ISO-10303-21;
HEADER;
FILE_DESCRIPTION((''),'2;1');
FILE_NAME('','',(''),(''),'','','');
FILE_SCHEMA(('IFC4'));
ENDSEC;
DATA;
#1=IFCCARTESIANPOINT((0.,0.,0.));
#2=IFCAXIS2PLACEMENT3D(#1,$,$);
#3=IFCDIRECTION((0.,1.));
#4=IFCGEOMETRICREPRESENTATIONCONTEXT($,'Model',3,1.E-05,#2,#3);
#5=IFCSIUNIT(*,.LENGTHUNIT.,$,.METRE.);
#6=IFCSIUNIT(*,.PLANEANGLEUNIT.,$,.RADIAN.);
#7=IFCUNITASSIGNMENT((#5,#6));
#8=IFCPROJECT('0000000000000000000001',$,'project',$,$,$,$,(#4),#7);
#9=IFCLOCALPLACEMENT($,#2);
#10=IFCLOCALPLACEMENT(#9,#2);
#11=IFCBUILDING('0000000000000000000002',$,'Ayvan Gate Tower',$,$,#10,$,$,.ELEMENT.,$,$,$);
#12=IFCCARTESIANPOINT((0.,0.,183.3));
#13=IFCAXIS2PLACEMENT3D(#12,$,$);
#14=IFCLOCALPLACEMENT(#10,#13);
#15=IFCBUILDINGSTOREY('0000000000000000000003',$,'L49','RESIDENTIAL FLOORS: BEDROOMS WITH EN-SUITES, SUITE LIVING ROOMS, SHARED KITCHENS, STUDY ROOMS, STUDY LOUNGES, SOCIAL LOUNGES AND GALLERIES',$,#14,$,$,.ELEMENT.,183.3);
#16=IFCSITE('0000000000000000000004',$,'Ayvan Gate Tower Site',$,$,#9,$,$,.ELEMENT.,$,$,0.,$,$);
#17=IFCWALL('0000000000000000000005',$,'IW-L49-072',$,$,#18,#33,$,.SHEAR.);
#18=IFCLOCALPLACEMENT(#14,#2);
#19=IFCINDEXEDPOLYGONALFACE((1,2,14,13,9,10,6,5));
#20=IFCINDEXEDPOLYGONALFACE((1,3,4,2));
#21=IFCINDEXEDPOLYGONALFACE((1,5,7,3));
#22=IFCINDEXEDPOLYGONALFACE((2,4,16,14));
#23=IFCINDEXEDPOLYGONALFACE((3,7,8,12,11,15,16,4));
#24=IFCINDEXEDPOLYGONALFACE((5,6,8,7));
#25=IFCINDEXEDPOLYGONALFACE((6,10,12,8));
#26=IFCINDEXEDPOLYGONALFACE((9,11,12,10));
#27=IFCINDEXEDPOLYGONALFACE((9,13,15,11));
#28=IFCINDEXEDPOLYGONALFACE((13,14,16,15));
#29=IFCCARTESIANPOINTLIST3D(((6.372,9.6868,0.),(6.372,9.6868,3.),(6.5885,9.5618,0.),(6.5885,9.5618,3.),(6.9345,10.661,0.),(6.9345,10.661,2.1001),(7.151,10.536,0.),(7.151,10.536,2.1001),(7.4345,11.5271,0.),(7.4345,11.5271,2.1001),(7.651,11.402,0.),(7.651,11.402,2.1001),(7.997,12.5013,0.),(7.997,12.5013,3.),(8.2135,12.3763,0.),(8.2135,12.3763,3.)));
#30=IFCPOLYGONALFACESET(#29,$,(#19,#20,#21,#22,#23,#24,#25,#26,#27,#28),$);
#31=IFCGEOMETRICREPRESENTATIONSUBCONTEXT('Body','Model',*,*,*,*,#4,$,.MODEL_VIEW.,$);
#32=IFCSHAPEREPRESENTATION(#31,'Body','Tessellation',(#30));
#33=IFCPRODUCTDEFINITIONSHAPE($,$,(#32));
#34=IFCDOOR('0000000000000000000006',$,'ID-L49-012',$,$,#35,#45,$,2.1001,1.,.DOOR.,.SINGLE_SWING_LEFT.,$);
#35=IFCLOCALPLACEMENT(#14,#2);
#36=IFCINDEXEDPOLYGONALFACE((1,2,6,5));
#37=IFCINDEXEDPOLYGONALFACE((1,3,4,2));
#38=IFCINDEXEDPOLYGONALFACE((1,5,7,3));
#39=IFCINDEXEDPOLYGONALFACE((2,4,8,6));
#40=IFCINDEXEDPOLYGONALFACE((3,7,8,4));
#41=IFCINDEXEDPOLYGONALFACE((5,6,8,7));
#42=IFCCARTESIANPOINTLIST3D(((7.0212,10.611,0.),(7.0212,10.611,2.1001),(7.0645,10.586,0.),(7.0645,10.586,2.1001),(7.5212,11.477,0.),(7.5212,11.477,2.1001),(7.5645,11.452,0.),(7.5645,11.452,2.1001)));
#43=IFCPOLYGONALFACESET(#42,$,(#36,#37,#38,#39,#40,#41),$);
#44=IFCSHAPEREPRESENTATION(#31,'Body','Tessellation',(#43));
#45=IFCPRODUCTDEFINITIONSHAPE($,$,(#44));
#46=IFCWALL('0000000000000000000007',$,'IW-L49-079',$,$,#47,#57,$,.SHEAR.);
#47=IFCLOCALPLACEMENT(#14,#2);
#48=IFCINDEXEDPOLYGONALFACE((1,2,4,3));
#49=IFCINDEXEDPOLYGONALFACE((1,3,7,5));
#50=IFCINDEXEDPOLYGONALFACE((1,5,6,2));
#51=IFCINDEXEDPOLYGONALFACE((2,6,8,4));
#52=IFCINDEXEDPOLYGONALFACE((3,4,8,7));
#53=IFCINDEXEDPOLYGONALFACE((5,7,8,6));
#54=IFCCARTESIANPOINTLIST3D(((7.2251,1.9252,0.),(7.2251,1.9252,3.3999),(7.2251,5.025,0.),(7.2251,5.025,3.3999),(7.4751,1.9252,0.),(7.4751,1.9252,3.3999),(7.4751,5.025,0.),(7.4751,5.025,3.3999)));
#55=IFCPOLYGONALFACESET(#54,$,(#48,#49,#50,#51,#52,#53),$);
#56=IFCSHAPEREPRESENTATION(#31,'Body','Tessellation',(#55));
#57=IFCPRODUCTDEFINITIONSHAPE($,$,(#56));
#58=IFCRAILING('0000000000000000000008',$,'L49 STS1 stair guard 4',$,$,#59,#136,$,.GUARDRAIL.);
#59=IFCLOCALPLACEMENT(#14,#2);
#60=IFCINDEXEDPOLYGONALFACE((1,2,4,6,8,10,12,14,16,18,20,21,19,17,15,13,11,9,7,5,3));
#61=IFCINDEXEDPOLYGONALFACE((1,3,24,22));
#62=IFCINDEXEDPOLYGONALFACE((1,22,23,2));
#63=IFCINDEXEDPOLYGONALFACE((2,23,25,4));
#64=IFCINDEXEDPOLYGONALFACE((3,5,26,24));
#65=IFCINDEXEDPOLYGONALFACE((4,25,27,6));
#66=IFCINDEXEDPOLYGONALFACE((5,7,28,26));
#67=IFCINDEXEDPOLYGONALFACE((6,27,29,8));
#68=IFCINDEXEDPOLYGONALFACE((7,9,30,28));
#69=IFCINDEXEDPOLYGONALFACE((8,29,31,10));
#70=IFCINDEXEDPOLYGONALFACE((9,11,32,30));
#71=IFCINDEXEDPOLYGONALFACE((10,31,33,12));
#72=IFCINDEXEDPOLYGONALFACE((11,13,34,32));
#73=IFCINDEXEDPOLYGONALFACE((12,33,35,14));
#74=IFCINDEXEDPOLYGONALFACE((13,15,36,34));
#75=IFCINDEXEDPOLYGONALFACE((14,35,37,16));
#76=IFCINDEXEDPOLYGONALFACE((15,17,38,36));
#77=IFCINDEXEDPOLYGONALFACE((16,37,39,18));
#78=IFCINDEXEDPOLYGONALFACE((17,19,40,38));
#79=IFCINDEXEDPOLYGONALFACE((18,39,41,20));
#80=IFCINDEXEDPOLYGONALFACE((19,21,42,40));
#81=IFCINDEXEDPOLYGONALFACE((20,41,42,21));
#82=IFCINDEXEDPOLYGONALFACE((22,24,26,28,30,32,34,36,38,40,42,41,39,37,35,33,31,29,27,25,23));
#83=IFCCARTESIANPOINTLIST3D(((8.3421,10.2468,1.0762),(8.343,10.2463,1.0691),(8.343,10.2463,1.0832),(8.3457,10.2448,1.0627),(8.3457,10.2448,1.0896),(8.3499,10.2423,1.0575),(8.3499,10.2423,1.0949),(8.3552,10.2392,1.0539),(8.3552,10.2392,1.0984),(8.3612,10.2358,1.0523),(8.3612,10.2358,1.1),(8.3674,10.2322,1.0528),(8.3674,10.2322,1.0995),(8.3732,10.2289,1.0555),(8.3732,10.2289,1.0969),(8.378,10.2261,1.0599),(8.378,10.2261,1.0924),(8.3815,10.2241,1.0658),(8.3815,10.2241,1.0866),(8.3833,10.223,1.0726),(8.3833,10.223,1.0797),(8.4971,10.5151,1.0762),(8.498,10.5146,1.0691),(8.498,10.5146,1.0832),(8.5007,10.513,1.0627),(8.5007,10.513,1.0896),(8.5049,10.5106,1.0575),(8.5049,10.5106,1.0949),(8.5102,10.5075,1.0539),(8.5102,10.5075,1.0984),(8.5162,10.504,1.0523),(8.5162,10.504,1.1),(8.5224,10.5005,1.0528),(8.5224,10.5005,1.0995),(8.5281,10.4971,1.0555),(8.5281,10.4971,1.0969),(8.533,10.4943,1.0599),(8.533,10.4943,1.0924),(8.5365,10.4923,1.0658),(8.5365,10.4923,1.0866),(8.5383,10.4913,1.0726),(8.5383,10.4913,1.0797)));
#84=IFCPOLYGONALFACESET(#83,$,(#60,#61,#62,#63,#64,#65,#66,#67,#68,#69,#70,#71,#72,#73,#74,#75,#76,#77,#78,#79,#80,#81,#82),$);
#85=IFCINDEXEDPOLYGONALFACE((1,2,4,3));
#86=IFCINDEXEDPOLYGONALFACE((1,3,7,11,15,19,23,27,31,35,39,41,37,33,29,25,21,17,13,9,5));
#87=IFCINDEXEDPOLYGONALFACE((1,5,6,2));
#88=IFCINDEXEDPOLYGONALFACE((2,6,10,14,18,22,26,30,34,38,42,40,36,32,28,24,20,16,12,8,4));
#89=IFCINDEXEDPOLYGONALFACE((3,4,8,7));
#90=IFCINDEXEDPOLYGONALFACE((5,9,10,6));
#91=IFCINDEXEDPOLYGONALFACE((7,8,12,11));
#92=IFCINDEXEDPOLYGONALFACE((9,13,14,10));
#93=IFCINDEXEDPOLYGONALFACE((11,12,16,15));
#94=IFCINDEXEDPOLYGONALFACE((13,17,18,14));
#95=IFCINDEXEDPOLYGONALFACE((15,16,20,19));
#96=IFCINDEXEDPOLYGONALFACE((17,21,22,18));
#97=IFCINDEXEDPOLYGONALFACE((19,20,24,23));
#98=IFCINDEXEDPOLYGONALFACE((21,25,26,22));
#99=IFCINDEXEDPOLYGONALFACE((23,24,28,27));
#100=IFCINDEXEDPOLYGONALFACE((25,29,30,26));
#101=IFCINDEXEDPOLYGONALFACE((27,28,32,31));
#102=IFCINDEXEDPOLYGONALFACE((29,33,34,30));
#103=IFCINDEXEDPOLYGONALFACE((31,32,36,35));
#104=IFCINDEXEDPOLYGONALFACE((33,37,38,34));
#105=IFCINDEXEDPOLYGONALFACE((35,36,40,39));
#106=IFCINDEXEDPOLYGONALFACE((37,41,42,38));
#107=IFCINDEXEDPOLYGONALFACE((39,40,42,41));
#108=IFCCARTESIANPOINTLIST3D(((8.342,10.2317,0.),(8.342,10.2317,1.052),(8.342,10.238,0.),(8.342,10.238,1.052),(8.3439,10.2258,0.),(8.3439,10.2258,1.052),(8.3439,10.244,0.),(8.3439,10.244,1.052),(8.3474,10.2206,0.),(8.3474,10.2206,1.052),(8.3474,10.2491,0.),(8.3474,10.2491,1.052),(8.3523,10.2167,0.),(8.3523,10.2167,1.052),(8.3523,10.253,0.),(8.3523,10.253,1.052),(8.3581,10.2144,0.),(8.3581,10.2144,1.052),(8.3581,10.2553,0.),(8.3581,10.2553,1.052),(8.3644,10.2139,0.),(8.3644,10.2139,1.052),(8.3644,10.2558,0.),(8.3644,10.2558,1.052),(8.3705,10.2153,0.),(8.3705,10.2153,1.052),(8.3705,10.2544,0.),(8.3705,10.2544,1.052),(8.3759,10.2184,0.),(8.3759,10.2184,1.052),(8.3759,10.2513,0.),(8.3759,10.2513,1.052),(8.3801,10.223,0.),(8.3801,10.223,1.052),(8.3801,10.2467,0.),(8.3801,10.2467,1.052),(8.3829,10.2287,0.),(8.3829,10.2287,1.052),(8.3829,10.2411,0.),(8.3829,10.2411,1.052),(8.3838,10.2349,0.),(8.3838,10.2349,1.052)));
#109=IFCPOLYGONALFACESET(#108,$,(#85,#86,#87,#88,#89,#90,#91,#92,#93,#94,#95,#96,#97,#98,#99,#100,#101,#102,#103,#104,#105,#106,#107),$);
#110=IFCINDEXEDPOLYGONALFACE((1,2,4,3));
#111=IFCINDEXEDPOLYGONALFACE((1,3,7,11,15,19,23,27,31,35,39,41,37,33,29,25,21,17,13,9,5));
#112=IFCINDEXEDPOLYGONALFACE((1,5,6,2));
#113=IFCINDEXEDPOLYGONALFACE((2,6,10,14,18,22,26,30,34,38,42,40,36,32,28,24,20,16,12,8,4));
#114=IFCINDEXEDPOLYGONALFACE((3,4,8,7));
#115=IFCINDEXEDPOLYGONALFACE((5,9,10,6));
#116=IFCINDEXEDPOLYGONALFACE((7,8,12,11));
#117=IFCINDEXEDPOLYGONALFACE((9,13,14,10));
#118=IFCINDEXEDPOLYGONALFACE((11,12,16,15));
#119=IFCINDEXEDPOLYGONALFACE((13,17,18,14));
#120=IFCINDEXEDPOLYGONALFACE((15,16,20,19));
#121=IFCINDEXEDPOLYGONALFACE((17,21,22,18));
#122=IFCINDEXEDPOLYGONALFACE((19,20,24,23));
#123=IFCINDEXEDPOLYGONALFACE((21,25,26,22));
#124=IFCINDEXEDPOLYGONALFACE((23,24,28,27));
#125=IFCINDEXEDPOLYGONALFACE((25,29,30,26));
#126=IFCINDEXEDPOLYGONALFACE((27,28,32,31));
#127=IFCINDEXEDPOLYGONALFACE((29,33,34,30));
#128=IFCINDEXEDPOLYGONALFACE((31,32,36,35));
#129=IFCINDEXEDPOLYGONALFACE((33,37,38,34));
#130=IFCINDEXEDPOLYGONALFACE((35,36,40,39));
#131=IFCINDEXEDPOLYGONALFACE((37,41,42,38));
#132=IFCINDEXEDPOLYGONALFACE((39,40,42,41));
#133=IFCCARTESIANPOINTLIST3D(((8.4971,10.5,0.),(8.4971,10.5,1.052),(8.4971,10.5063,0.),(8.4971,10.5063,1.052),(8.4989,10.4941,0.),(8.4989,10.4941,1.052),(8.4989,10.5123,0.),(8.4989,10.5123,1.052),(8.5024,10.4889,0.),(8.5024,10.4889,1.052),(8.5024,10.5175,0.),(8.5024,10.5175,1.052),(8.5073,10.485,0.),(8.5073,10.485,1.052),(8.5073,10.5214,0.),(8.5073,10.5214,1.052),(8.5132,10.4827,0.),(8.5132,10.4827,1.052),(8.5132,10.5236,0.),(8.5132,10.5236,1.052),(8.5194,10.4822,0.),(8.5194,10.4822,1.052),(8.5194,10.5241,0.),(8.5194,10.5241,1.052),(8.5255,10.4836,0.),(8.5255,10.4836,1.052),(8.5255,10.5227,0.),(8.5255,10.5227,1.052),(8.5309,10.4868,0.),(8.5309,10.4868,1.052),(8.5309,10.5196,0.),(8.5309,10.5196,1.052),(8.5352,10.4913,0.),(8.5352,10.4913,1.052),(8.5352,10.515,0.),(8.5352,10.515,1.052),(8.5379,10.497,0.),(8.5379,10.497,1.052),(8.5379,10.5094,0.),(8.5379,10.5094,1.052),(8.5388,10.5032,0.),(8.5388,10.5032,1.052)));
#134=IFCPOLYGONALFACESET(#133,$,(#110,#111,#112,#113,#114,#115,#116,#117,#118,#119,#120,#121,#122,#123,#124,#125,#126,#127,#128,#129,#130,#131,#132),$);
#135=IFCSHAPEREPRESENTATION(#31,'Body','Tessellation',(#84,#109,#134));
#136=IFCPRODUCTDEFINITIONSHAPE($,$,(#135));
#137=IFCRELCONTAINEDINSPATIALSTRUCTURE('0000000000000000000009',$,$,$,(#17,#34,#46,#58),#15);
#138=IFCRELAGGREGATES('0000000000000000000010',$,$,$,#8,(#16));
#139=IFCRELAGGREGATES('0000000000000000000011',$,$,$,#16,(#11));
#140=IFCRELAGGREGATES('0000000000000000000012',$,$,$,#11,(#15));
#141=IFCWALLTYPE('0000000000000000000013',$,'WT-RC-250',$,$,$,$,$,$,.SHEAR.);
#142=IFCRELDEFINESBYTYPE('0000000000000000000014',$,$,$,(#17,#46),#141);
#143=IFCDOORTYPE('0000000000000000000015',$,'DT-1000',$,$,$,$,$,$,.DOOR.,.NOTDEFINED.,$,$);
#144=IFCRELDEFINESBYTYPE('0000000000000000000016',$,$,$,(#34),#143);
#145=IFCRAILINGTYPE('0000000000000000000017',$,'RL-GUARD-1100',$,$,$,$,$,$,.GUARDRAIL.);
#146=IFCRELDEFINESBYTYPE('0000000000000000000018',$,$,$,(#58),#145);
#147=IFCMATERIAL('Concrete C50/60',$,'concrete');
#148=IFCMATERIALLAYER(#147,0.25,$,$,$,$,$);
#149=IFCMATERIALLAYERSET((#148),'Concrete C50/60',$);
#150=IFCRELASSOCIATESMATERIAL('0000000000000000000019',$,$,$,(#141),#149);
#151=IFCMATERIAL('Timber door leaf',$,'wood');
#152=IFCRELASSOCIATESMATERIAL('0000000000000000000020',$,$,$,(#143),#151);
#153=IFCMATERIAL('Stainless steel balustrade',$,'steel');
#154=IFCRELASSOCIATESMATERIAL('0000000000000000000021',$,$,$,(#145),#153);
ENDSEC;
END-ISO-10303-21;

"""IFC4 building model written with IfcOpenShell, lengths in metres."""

from ifc_helpers import new_model, si_unit, direction, frame, frame_2d, origin, origin_2d, place, context, subcontext, project, spatial, rectangle, circle, extrude, material, layer, layer_set, type_object, element, fill, save


model = new_model("IFC4")

# Units and contexts
model_context = context("Model", 3, precision=1e-05, world=origin(), true_north=direction((0.0, 1.0)))
body_context = subcontext(model_context, "Body", "Model", "MODEL_VIEW")
ifc_project = project(units=[si_unit("LENGTHUNIT", "METRE"), si_unit("PLANEANGLEUNIT", "RADIAN")], contexts=[model_context])

# Site, building, storey
site_placement = place(None, origin())
site = spatial("IfcSite", under=ifc_project, at=site_placement, Name="Ayvan Gate Tower Site", CompositionType="ELEMENT", RefElevation=0.0)
building_placement = place(site_placement, origin())
building = spatial("IfcBuilding", under=site, at=building_placement, Name="Ayvan Gate Tower", CompositionType="ELEMENT")
storey_placement = place(building_placement, frame((0.0, 0.0, 183.3)))
storey = spatial("IfcBuildingStorey", under=building, at=storey_placement, Name="L49", Description="RESIDENTIAL FLOORS: BEDROOMS WITH EN-SUITES, SUITE LIVING ROOMS, SHARED KITCHENS, STUDY ROOMS, STUDY LOUNGES, SOCIAL LOUNGES AND GALLERIES", CompositionType="ELEMENT", Elevation=183.3)

# Shared definitions
ifc_material_1 = material(Name="Timber door leaf", Category="wood")

# Shared definitions
ifc_material_2 = material(Name="Concrete C50/60", Category="concrete")
ifc_layer_1 = layer(ifc_material_2, 0.25)
ifc_layer_set_1 = layer_set([ifc_layer_1], Name="Concrete C50/60")
wall_type_1 = type_object("IfcWallType", Name="WT-RC-250", PredefinedType="SHEAR", material=ifc_layer_set_1)

# Wall, opening, door
wall_1_placement = place(storey_placement, frame((6.4802, 9.6243, 0.0), z_axis=(0.0, 0.0, 1.0), x_axis=(0.500017, 0.866015, 0.0)))
wall_1 = element("IfcWall", 1, at=wall_1_placement, inside=storey, type_object=wall_type_1, Name="IW-L49-072", PredefinedType="SHEAR", context=body_context, shape_type="SweptSolid", body=[
    extrude(rectangle(XDim=3.25, YDim=0.25, at=frame_2d((1.625, 0.0))), origin(), (0.0, 0.0, 1.0), 3.0),
])
opening_1_placement = place(wall_1_placement, frame((1.125, 0.0, 0.0)))
opening_1 = element("IfcOpeningElement", 2, at=opening_1_placement, cuts=wall_1, PredefinedType="OPENING", context=body_context, shape_type="SweptSolid", body=[
    extrude(rectangle(XDim=1.0, YDim=2.1001, at=frame_2d((0.5, 1.05))), frame((0.0, 0.135, 0.0), z_axis=(0.0, -1.0, 0.0), x_axis=(1.0, 0.0, 0.0)), (0.0, 0.0, 1.0), 0.27),
])
door_type_1 = type_object("IfcDoorType", Name="DT-1000", OperationType="NOTDEFINED", PredefinedType="DOOR", material=ifc_material_1)
door_1_placement = place(opening_1_placement, origin())
door_1 = element("IfcDoor", 3, at=door_1_placement, inside=storey, type_object=door_type_1, Name="ID-L49-012", OperationType="SINGLE_SWING_LEFT", OverallHeight=2.1001, OverallWidth=1.0, PredefinedType="DOOR", context=body_context, shape_type="SweptSolid", body=[
    extrude(rectangle(XDim=1.0, YDim=2.1001, at=frame_2d((0.5, 1.05))), frame((0.0, 0.0249, 0.0), z_axis=(0.0, -1.0, 0.0), x_axis=(1.0, 0.0, 0.0)), (0.0, 0.0, 1.0), 0.05),
])
fill(opening_1, door_1)

# Wall
wall_2_placement = place(storey_placement, frame((7.3501, 5.0249, 0.0), z_axis=(0.0, 0.0, 1.0), x_axis=(0.0, -1.0, 0.0)))
element("IfcWall", 4, at=wall_2_placement, inside=storey, type_object=wall_type_1, Name="IW-L49-079", PredefinedType="SHEAR", context=body_context, shape_type="SweptSolid", body=[
    extrude(rectangle(XDim=3.0999, YDim=0.25, at=frame_2d((1.5498, 0.0))), origin(), (0.0, 0.0, 1.0), 3.3999),
])

# Railing
ifc_material_3 = material(Name="Stainless steel balustrade", Category="steel")
railing_type_1 = type_object("IfcRailingType", Name="RL-GUARD-1100", PredefinedType="GUARDRAIL", material=ifc_material_3)
railing_1_placement = place(storey_placement, frame((8.3628, 10.2349, 0.0)))
element("IfcRailing", 5, at=railing_1_placement, inside=storey, type_object=railing_type_1, Name="L49 STS1 stair guard 4", PredefinedType="GUARDRAIL", context=body_context, shape_type="SweptSolid", body=[
    extrude(circle(Radius=0.0239, at=origin_2d()), frame((0.0, 0.0, 1.0762), z_axis=(0.500291, 0.865857, 0.0), x_axis=(-0.865857, 0.500291, 0.0)), (0.0, 0.0, 1.0), 0.3098),
    extrude(circle(Radius=0.021, at=origin_2d()), origin(), (0.0, 0.0, 1.0), 1.052),
    extrude(circle(Radius=0.021, at=origin_2d()), frame((0.155, 0.2683, 0.0)), (0.0, 0.0, 1.0), 1.052),
])

save(model, "model.ifc")
